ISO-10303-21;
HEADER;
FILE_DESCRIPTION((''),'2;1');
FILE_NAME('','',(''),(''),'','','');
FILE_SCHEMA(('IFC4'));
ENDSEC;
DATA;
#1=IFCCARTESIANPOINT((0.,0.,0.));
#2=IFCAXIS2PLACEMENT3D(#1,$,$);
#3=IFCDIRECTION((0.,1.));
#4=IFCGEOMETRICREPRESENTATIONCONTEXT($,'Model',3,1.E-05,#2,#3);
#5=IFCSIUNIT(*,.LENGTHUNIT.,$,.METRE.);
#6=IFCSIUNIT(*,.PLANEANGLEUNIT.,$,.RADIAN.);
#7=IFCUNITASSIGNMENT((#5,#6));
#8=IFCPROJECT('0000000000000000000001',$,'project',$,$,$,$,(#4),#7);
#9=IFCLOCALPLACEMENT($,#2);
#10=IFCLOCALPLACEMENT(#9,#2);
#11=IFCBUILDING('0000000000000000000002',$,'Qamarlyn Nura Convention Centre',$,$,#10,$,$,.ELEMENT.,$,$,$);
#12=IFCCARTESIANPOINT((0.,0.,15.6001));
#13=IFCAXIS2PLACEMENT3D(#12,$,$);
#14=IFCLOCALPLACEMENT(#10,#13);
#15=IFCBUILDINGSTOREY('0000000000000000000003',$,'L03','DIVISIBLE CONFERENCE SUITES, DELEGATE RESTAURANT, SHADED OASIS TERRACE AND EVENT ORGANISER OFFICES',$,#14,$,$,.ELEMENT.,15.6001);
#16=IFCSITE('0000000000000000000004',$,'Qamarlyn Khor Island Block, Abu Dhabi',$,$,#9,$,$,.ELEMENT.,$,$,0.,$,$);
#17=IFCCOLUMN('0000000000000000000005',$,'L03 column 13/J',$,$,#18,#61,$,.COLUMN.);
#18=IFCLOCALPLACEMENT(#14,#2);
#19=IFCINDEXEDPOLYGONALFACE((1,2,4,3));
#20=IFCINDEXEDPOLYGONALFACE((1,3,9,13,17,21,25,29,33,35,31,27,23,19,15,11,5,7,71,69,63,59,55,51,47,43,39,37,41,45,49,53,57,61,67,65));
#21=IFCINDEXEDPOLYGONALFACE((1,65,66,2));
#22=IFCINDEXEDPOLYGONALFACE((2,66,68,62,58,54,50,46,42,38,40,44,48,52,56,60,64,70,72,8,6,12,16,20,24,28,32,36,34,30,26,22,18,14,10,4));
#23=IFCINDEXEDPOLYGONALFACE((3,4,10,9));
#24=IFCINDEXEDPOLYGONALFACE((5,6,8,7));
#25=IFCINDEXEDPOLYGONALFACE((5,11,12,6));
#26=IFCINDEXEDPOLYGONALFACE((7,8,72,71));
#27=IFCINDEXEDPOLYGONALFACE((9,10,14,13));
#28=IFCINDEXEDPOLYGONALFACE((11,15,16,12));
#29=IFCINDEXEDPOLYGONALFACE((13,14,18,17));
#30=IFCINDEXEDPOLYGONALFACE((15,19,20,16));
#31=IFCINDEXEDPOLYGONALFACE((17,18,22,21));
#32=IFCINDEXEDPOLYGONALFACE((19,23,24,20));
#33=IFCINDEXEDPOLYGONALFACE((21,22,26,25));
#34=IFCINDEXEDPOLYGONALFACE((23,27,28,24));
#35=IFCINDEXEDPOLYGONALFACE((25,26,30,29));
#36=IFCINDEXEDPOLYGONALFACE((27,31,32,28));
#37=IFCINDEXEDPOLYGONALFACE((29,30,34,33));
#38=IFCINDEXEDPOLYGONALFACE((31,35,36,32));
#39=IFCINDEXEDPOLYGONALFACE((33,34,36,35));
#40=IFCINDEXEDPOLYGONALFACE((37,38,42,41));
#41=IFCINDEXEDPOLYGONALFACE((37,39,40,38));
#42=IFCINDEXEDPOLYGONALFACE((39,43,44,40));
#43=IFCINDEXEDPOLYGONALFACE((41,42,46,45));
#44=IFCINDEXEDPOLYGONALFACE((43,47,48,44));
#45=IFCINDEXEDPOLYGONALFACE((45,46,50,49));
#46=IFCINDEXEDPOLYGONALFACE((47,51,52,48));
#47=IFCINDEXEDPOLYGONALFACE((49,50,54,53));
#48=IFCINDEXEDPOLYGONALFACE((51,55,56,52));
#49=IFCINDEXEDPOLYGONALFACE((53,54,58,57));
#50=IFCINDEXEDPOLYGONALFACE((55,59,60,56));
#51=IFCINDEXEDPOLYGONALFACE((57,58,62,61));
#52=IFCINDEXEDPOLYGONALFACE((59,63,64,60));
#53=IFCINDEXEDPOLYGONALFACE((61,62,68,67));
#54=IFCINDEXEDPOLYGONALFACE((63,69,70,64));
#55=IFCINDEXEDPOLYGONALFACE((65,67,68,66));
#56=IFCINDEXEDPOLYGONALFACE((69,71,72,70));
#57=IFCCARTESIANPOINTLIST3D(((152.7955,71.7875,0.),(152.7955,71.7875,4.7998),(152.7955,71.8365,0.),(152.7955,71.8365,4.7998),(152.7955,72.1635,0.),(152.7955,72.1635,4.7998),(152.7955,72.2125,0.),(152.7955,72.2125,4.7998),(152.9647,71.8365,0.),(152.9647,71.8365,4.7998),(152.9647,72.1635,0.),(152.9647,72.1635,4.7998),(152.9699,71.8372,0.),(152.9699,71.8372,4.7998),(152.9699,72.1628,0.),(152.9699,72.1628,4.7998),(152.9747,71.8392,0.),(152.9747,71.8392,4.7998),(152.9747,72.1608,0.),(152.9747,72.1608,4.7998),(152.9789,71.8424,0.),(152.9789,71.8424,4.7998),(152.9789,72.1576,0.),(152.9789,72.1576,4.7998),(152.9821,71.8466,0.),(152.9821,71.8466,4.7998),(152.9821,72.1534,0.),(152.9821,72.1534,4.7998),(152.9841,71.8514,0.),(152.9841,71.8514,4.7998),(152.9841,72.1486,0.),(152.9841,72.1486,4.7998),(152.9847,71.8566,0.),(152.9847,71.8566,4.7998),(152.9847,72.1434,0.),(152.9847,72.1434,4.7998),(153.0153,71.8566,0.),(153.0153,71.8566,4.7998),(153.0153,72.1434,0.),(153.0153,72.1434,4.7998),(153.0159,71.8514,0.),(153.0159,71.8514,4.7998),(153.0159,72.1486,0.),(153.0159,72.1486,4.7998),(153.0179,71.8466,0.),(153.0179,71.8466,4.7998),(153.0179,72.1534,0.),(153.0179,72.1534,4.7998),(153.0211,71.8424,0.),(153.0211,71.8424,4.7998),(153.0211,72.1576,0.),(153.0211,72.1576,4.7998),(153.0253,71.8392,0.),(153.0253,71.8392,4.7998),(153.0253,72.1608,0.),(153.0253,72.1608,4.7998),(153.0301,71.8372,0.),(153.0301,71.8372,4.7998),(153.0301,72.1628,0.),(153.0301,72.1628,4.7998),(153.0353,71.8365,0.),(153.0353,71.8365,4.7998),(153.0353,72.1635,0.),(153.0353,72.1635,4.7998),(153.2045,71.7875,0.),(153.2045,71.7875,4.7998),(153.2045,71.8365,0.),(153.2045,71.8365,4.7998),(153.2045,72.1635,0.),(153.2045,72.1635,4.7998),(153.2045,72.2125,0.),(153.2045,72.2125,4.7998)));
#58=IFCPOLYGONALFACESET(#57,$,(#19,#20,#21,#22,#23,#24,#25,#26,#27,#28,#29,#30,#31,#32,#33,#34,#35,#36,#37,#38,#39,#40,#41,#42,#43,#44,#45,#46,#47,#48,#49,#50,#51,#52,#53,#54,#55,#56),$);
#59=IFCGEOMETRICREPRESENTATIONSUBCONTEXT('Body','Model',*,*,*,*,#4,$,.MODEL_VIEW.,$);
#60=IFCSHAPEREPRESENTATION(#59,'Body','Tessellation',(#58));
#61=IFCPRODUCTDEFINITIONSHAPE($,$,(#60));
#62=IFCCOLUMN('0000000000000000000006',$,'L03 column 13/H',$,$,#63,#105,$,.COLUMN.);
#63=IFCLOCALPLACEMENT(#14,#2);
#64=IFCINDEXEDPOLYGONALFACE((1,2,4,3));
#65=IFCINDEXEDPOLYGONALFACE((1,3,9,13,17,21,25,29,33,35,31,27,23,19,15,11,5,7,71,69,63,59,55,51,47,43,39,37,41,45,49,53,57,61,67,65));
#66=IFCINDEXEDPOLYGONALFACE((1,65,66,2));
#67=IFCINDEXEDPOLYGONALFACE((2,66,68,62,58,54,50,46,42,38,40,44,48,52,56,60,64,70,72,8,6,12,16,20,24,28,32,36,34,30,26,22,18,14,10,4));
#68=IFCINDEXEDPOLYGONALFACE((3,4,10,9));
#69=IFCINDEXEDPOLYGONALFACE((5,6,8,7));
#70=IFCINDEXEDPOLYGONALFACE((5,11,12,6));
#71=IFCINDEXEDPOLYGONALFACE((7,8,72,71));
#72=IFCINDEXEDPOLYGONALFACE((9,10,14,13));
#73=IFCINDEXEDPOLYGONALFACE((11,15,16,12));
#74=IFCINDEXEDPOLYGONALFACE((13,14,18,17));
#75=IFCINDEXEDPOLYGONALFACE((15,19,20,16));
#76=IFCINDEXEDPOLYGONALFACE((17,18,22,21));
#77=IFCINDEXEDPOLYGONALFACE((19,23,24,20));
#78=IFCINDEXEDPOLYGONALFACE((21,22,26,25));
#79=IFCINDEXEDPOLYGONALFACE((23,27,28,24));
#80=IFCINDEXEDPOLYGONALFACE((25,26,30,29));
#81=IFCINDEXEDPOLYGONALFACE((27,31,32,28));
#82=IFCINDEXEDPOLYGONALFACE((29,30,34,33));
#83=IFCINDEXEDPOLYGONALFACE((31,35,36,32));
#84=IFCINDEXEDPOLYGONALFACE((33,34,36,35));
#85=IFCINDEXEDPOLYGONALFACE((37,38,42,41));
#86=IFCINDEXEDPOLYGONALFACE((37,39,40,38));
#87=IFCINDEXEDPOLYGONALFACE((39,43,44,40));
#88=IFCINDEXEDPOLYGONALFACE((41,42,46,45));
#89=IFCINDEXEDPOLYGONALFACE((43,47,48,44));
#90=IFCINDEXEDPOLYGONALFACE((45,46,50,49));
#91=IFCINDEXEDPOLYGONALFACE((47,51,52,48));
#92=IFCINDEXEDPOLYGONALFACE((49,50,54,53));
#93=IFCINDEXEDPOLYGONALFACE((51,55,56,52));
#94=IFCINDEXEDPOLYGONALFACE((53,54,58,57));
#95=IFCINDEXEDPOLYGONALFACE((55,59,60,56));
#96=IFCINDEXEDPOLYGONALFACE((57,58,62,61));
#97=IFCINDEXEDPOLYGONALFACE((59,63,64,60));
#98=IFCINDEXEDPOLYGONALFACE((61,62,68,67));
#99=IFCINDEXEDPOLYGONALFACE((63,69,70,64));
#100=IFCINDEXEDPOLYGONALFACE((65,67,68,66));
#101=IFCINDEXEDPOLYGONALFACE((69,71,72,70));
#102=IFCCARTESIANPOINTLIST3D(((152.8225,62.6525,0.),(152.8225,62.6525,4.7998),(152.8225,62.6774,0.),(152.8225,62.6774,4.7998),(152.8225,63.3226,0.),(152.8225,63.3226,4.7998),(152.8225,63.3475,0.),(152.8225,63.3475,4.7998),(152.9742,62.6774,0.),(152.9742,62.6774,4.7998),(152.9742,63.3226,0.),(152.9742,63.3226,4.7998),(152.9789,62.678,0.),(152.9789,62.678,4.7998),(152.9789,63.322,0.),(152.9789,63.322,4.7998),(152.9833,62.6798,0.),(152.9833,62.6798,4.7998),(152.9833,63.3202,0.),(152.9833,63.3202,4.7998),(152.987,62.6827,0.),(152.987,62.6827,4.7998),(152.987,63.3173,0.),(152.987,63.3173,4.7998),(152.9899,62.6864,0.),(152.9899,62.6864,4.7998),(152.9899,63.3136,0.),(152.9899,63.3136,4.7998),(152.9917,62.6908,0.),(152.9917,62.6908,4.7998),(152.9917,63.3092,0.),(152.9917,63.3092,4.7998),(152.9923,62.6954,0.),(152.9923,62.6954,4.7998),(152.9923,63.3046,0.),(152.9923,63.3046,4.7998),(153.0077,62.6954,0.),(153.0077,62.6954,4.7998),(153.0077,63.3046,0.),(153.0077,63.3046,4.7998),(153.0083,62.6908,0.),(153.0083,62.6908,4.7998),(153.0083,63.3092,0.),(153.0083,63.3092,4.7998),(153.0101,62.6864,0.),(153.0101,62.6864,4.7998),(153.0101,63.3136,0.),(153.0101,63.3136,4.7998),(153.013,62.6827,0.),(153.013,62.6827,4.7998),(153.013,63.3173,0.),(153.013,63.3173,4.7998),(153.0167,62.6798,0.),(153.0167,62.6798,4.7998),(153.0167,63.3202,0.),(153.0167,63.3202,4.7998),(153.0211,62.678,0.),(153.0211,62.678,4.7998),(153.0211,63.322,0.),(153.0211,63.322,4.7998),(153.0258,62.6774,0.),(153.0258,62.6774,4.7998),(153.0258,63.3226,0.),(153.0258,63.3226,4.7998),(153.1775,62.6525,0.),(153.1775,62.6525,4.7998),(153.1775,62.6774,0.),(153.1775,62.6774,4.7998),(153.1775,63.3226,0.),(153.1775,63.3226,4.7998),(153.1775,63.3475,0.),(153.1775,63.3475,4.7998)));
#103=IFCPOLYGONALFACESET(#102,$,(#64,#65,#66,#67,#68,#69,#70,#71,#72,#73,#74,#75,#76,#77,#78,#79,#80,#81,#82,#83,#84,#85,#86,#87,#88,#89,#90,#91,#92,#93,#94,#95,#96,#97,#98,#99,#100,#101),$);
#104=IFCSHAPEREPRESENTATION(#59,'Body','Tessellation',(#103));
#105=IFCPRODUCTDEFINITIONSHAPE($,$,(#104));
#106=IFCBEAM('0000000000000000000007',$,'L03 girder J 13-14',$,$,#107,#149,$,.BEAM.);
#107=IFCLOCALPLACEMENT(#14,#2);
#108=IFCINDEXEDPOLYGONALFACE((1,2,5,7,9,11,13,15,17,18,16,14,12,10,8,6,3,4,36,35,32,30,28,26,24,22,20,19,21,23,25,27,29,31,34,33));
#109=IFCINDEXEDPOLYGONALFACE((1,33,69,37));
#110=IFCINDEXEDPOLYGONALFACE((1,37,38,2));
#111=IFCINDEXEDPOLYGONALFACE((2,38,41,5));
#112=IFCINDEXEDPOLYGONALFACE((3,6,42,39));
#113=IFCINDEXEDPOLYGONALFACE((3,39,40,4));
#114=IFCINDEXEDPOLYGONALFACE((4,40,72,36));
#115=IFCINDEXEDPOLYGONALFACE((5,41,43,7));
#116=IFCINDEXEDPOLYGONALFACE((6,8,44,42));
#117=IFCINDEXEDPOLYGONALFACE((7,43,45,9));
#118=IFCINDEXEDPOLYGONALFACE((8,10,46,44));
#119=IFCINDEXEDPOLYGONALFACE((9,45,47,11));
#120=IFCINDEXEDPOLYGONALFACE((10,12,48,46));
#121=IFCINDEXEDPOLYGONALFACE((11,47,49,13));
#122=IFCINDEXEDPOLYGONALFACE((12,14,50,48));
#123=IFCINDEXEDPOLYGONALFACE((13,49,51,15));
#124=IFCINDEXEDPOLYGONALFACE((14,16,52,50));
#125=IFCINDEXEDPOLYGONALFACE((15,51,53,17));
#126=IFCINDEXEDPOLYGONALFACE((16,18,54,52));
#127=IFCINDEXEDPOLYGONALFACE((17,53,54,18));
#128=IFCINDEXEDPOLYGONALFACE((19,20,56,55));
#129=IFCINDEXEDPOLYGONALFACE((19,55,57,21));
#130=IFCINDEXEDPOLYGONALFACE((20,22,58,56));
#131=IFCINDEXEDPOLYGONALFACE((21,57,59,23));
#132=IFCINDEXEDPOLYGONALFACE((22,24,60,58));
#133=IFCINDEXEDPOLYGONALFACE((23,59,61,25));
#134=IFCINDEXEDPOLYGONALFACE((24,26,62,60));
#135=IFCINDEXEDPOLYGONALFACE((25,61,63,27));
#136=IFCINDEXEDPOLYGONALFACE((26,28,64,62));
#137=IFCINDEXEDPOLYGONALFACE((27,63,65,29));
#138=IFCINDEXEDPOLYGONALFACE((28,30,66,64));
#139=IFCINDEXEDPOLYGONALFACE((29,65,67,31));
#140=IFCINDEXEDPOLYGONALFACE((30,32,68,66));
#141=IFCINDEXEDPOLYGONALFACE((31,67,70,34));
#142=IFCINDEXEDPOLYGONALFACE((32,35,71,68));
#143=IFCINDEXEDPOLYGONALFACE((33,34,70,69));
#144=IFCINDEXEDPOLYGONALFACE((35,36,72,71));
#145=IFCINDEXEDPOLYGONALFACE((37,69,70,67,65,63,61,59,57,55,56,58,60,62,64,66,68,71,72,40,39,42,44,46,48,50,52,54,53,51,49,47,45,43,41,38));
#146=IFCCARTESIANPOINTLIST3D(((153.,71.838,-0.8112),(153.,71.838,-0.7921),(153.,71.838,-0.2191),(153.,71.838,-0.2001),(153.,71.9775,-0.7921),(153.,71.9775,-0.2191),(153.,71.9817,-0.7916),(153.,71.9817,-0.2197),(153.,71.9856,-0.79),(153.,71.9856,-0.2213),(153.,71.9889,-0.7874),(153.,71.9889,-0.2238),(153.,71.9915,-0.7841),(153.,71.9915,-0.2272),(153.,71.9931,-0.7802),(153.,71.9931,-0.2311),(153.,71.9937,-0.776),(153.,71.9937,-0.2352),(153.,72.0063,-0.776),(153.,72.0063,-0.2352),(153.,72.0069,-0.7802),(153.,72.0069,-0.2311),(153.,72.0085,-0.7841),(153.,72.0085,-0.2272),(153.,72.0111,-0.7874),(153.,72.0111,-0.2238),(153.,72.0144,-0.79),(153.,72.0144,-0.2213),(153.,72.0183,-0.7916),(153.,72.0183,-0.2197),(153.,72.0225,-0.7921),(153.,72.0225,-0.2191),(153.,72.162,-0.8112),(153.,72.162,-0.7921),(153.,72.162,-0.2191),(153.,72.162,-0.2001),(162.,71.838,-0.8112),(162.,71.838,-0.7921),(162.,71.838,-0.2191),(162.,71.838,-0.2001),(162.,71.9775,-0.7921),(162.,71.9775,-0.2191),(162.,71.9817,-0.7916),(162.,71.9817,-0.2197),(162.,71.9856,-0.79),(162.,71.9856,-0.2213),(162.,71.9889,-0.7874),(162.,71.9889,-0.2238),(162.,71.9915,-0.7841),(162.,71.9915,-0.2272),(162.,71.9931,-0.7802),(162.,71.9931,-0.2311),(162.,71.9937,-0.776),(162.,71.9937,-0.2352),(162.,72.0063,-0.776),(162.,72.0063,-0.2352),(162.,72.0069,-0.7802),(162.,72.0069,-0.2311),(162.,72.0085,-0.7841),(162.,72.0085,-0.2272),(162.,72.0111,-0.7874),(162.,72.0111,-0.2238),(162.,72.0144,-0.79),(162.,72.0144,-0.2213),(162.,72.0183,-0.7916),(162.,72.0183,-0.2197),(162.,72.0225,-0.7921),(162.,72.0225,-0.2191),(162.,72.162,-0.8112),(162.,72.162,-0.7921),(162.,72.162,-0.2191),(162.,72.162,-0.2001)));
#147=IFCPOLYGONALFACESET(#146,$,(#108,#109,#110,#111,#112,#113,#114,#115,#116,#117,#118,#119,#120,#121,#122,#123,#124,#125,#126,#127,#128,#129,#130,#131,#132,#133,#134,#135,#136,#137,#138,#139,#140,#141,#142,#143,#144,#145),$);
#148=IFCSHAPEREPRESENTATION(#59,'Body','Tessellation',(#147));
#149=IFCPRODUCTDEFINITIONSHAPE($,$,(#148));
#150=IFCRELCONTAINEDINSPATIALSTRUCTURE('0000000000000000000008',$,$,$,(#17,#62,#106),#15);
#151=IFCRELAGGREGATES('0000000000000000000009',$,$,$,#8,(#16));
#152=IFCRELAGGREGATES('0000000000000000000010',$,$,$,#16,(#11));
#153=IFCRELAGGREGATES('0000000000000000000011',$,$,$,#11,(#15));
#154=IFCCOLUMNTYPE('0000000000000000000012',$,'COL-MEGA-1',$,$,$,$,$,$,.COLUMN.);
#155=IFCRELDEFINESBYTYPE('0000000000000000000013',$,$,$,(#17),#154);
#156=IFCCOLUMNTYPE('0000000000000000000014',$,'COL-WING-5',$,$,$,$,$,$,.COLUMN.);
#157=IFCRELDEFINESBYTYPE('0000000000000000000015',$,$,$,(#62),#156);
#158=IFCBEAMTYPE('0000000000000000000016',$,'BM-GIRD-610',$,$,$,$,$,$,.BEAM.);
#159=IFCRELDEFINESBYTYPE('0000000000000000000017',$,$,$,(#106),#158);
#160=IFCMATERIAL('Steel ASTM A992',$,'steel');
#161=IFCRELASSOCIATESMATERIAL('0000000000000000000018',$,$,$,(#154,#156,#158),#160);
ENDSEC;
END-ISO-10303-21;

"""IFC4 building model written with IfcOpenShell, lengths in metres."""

from ifc_helpers import new_model, si_unit, direction, frame, origin, origin_2d, place, context, subcontext, project, spatial, i_section, extrude, material, material_profile, profile_set, type_object, element, save


model = new_model("IFC4")

# Units and contexts
model_context = context("Model", 3, precision=1e-05, world=origin(), true_north=direction((0.0, 1.0)))
body_context = subcontext(model_context, "Body", "Model", "MODEL_VIEW")
ifc_project = project(units=[si_unit("LENGTHUNIT", "METRE"), si_unit("PLANEANGLEUNIT", "RADIAN")], contexts=[model_context])

# Site, building, storey
site_placement = place(None, origin())
site = spatial("IfcSite", under=ifc_project, at=site_placement, Name="Qamarlyn Khor Island Block, Abu Dhabi", CompositionType="ELEMENT", RefElevation=0.0)
building_placement = place(site_placement, origin())
building = spatial("IfcBuilding", under=site, at=building_placement, Name="Qamarlyn Nura Convention Centre", CompositionType="ELEMENT")
storey_placement = place(building_placement, frame((0.0, 0.0, 15.6001)))
storey = spatial("IfcBuildingStorey", under=building, at=storey_placement, Name="L03", Description="DIVISIBLE CONFERENCE SUITES, DELEGATE RESTAURANT, SHADED OASIS TERRACE AND EVENT ORGANISER OFFICES", CompositionType="ELEMENT", Elevation=15.6001)

# Columns
ifc_material_1 = material(Name="Steel ASTM A992", Category="steel")
ifc_material_profile_1 = material_profile(ifc_material_1, i_section(OverallWidth=0.4089, OverallDepth=0.425, WebThickness=0.0305, FlangeThickness=0.0491, FilletRadius=0.02, at=origin_2d()), Name="W360X421")
ifc_profile_set_1 = profile_set([ifc_material_profile_1], Name="Steel ASTM A992")
column_type_1 = type_object("IfcColumnType", Name="COL-MEGA-1", PredefinedType="COLUMN", material=ifc_profile_set_1)
column_1_placement = place(storey_placement, frame((153.0, 72.0, 0.0), z_axis=(0.0, 0.0, 1.0), x_axis=(1.0, 0.0, 0.0)))
element("IfcColumn", 1, at=column_1_placement, inside=storey, type_object=column_type_1, Name="L03 column 13/J", PredefinedType="COLUMN", context=body_context, shape_type="SweptSolid", body=[
    extrude(i_section(OverallWidth=0.4089, OverallDepth=0.425, WebThickness=0.0305, FlangeThickness=0.0491, FilletRadius=0.02, at=origin_2d()), origin(), (0.0, 0.0, 1.0), 4.7998),
])
ifc_material_profile_2 = material_profile(ifc_material_1, i_section(OverallWidth=0.355, OverallDepth=0.6951, WebThickness=0.0154, FlangeThickness=0.0249, FilletRadius=0.0181, at=origin_2d()), Name="W690X217")
ifc_profile_set_2 = profile_set([ifc_material_profile_2], Name="Steel ASTM A992")
column_type_2 = type_object("IfcColumnType", Name="COL-WING-5", PredefinedType="COLUMN", material=ifc_profile_set_2)
column_2_placement = place(storey_placement, frame((153.0, 63.0, 0.0), z_axis=(0.0, 0.0, 1.0), x_axis=(1.0, 0.0, 0.0)))
element("IfcColumn", 2, at=column_2_placement, inside=storey, type_object=column_type_2, Name="L03 column 13/H", PredefinedType="COLUMN", context=body_context, shape_type="SweptSolid", body=[
    extrude(i_section(OverallWidth=0.355, OverallDepth=0.6951, WebThickness=0.0154, FlangeThickness=0.0249, FilletRadius=0.0181, at=origin_2d()), origin(), (0.0, 0.0, 1.0), 4.7998),
])

# Beam
ifc_material_profile_3 = material_profile(ifc_material_1, i_section(OverallWidth=0.324, OverallDepth=0.6111, WebThickness=0.0127, FlangeThickness=0.019, FilletRadius=0.0161, at=origin_2d()), Name="W610X155")
ifc_profile_set_3 = profile_set([ifc_material_profile_3], Name="Steel ASTM A992")
beam_type_1 = type_object("IfcBeamType", Name="BM-GIRD-610", PredefinedType="BEAM", material=ifc_profile_set_3)
beam_1_placement = place(storey_placement, frame((153.0, 72.0, -0.5056), z_axis=(1.0, 0.0, 0.0), x_axis=(0.0, 1.0, 0.0)))
element("IfcBeam", 3, at=beam_1_placement, inside=storey, type_object=beam_type_1, Name="L03 girder J 13-14", PredefinedType="BEAM", context=body_context, shape_type="SweptSolid", body=[
    extrude(i_section(OverallWidth=0.324, OverallDepth=0.6111, WebThickness=0.0127, FlangeThickness=0.019, FilletRadius=0.0161, at=origin_2d()), origin(), (0.0, 0.0, 1.0), 9.0),
])

save(model, "model.ifc")
